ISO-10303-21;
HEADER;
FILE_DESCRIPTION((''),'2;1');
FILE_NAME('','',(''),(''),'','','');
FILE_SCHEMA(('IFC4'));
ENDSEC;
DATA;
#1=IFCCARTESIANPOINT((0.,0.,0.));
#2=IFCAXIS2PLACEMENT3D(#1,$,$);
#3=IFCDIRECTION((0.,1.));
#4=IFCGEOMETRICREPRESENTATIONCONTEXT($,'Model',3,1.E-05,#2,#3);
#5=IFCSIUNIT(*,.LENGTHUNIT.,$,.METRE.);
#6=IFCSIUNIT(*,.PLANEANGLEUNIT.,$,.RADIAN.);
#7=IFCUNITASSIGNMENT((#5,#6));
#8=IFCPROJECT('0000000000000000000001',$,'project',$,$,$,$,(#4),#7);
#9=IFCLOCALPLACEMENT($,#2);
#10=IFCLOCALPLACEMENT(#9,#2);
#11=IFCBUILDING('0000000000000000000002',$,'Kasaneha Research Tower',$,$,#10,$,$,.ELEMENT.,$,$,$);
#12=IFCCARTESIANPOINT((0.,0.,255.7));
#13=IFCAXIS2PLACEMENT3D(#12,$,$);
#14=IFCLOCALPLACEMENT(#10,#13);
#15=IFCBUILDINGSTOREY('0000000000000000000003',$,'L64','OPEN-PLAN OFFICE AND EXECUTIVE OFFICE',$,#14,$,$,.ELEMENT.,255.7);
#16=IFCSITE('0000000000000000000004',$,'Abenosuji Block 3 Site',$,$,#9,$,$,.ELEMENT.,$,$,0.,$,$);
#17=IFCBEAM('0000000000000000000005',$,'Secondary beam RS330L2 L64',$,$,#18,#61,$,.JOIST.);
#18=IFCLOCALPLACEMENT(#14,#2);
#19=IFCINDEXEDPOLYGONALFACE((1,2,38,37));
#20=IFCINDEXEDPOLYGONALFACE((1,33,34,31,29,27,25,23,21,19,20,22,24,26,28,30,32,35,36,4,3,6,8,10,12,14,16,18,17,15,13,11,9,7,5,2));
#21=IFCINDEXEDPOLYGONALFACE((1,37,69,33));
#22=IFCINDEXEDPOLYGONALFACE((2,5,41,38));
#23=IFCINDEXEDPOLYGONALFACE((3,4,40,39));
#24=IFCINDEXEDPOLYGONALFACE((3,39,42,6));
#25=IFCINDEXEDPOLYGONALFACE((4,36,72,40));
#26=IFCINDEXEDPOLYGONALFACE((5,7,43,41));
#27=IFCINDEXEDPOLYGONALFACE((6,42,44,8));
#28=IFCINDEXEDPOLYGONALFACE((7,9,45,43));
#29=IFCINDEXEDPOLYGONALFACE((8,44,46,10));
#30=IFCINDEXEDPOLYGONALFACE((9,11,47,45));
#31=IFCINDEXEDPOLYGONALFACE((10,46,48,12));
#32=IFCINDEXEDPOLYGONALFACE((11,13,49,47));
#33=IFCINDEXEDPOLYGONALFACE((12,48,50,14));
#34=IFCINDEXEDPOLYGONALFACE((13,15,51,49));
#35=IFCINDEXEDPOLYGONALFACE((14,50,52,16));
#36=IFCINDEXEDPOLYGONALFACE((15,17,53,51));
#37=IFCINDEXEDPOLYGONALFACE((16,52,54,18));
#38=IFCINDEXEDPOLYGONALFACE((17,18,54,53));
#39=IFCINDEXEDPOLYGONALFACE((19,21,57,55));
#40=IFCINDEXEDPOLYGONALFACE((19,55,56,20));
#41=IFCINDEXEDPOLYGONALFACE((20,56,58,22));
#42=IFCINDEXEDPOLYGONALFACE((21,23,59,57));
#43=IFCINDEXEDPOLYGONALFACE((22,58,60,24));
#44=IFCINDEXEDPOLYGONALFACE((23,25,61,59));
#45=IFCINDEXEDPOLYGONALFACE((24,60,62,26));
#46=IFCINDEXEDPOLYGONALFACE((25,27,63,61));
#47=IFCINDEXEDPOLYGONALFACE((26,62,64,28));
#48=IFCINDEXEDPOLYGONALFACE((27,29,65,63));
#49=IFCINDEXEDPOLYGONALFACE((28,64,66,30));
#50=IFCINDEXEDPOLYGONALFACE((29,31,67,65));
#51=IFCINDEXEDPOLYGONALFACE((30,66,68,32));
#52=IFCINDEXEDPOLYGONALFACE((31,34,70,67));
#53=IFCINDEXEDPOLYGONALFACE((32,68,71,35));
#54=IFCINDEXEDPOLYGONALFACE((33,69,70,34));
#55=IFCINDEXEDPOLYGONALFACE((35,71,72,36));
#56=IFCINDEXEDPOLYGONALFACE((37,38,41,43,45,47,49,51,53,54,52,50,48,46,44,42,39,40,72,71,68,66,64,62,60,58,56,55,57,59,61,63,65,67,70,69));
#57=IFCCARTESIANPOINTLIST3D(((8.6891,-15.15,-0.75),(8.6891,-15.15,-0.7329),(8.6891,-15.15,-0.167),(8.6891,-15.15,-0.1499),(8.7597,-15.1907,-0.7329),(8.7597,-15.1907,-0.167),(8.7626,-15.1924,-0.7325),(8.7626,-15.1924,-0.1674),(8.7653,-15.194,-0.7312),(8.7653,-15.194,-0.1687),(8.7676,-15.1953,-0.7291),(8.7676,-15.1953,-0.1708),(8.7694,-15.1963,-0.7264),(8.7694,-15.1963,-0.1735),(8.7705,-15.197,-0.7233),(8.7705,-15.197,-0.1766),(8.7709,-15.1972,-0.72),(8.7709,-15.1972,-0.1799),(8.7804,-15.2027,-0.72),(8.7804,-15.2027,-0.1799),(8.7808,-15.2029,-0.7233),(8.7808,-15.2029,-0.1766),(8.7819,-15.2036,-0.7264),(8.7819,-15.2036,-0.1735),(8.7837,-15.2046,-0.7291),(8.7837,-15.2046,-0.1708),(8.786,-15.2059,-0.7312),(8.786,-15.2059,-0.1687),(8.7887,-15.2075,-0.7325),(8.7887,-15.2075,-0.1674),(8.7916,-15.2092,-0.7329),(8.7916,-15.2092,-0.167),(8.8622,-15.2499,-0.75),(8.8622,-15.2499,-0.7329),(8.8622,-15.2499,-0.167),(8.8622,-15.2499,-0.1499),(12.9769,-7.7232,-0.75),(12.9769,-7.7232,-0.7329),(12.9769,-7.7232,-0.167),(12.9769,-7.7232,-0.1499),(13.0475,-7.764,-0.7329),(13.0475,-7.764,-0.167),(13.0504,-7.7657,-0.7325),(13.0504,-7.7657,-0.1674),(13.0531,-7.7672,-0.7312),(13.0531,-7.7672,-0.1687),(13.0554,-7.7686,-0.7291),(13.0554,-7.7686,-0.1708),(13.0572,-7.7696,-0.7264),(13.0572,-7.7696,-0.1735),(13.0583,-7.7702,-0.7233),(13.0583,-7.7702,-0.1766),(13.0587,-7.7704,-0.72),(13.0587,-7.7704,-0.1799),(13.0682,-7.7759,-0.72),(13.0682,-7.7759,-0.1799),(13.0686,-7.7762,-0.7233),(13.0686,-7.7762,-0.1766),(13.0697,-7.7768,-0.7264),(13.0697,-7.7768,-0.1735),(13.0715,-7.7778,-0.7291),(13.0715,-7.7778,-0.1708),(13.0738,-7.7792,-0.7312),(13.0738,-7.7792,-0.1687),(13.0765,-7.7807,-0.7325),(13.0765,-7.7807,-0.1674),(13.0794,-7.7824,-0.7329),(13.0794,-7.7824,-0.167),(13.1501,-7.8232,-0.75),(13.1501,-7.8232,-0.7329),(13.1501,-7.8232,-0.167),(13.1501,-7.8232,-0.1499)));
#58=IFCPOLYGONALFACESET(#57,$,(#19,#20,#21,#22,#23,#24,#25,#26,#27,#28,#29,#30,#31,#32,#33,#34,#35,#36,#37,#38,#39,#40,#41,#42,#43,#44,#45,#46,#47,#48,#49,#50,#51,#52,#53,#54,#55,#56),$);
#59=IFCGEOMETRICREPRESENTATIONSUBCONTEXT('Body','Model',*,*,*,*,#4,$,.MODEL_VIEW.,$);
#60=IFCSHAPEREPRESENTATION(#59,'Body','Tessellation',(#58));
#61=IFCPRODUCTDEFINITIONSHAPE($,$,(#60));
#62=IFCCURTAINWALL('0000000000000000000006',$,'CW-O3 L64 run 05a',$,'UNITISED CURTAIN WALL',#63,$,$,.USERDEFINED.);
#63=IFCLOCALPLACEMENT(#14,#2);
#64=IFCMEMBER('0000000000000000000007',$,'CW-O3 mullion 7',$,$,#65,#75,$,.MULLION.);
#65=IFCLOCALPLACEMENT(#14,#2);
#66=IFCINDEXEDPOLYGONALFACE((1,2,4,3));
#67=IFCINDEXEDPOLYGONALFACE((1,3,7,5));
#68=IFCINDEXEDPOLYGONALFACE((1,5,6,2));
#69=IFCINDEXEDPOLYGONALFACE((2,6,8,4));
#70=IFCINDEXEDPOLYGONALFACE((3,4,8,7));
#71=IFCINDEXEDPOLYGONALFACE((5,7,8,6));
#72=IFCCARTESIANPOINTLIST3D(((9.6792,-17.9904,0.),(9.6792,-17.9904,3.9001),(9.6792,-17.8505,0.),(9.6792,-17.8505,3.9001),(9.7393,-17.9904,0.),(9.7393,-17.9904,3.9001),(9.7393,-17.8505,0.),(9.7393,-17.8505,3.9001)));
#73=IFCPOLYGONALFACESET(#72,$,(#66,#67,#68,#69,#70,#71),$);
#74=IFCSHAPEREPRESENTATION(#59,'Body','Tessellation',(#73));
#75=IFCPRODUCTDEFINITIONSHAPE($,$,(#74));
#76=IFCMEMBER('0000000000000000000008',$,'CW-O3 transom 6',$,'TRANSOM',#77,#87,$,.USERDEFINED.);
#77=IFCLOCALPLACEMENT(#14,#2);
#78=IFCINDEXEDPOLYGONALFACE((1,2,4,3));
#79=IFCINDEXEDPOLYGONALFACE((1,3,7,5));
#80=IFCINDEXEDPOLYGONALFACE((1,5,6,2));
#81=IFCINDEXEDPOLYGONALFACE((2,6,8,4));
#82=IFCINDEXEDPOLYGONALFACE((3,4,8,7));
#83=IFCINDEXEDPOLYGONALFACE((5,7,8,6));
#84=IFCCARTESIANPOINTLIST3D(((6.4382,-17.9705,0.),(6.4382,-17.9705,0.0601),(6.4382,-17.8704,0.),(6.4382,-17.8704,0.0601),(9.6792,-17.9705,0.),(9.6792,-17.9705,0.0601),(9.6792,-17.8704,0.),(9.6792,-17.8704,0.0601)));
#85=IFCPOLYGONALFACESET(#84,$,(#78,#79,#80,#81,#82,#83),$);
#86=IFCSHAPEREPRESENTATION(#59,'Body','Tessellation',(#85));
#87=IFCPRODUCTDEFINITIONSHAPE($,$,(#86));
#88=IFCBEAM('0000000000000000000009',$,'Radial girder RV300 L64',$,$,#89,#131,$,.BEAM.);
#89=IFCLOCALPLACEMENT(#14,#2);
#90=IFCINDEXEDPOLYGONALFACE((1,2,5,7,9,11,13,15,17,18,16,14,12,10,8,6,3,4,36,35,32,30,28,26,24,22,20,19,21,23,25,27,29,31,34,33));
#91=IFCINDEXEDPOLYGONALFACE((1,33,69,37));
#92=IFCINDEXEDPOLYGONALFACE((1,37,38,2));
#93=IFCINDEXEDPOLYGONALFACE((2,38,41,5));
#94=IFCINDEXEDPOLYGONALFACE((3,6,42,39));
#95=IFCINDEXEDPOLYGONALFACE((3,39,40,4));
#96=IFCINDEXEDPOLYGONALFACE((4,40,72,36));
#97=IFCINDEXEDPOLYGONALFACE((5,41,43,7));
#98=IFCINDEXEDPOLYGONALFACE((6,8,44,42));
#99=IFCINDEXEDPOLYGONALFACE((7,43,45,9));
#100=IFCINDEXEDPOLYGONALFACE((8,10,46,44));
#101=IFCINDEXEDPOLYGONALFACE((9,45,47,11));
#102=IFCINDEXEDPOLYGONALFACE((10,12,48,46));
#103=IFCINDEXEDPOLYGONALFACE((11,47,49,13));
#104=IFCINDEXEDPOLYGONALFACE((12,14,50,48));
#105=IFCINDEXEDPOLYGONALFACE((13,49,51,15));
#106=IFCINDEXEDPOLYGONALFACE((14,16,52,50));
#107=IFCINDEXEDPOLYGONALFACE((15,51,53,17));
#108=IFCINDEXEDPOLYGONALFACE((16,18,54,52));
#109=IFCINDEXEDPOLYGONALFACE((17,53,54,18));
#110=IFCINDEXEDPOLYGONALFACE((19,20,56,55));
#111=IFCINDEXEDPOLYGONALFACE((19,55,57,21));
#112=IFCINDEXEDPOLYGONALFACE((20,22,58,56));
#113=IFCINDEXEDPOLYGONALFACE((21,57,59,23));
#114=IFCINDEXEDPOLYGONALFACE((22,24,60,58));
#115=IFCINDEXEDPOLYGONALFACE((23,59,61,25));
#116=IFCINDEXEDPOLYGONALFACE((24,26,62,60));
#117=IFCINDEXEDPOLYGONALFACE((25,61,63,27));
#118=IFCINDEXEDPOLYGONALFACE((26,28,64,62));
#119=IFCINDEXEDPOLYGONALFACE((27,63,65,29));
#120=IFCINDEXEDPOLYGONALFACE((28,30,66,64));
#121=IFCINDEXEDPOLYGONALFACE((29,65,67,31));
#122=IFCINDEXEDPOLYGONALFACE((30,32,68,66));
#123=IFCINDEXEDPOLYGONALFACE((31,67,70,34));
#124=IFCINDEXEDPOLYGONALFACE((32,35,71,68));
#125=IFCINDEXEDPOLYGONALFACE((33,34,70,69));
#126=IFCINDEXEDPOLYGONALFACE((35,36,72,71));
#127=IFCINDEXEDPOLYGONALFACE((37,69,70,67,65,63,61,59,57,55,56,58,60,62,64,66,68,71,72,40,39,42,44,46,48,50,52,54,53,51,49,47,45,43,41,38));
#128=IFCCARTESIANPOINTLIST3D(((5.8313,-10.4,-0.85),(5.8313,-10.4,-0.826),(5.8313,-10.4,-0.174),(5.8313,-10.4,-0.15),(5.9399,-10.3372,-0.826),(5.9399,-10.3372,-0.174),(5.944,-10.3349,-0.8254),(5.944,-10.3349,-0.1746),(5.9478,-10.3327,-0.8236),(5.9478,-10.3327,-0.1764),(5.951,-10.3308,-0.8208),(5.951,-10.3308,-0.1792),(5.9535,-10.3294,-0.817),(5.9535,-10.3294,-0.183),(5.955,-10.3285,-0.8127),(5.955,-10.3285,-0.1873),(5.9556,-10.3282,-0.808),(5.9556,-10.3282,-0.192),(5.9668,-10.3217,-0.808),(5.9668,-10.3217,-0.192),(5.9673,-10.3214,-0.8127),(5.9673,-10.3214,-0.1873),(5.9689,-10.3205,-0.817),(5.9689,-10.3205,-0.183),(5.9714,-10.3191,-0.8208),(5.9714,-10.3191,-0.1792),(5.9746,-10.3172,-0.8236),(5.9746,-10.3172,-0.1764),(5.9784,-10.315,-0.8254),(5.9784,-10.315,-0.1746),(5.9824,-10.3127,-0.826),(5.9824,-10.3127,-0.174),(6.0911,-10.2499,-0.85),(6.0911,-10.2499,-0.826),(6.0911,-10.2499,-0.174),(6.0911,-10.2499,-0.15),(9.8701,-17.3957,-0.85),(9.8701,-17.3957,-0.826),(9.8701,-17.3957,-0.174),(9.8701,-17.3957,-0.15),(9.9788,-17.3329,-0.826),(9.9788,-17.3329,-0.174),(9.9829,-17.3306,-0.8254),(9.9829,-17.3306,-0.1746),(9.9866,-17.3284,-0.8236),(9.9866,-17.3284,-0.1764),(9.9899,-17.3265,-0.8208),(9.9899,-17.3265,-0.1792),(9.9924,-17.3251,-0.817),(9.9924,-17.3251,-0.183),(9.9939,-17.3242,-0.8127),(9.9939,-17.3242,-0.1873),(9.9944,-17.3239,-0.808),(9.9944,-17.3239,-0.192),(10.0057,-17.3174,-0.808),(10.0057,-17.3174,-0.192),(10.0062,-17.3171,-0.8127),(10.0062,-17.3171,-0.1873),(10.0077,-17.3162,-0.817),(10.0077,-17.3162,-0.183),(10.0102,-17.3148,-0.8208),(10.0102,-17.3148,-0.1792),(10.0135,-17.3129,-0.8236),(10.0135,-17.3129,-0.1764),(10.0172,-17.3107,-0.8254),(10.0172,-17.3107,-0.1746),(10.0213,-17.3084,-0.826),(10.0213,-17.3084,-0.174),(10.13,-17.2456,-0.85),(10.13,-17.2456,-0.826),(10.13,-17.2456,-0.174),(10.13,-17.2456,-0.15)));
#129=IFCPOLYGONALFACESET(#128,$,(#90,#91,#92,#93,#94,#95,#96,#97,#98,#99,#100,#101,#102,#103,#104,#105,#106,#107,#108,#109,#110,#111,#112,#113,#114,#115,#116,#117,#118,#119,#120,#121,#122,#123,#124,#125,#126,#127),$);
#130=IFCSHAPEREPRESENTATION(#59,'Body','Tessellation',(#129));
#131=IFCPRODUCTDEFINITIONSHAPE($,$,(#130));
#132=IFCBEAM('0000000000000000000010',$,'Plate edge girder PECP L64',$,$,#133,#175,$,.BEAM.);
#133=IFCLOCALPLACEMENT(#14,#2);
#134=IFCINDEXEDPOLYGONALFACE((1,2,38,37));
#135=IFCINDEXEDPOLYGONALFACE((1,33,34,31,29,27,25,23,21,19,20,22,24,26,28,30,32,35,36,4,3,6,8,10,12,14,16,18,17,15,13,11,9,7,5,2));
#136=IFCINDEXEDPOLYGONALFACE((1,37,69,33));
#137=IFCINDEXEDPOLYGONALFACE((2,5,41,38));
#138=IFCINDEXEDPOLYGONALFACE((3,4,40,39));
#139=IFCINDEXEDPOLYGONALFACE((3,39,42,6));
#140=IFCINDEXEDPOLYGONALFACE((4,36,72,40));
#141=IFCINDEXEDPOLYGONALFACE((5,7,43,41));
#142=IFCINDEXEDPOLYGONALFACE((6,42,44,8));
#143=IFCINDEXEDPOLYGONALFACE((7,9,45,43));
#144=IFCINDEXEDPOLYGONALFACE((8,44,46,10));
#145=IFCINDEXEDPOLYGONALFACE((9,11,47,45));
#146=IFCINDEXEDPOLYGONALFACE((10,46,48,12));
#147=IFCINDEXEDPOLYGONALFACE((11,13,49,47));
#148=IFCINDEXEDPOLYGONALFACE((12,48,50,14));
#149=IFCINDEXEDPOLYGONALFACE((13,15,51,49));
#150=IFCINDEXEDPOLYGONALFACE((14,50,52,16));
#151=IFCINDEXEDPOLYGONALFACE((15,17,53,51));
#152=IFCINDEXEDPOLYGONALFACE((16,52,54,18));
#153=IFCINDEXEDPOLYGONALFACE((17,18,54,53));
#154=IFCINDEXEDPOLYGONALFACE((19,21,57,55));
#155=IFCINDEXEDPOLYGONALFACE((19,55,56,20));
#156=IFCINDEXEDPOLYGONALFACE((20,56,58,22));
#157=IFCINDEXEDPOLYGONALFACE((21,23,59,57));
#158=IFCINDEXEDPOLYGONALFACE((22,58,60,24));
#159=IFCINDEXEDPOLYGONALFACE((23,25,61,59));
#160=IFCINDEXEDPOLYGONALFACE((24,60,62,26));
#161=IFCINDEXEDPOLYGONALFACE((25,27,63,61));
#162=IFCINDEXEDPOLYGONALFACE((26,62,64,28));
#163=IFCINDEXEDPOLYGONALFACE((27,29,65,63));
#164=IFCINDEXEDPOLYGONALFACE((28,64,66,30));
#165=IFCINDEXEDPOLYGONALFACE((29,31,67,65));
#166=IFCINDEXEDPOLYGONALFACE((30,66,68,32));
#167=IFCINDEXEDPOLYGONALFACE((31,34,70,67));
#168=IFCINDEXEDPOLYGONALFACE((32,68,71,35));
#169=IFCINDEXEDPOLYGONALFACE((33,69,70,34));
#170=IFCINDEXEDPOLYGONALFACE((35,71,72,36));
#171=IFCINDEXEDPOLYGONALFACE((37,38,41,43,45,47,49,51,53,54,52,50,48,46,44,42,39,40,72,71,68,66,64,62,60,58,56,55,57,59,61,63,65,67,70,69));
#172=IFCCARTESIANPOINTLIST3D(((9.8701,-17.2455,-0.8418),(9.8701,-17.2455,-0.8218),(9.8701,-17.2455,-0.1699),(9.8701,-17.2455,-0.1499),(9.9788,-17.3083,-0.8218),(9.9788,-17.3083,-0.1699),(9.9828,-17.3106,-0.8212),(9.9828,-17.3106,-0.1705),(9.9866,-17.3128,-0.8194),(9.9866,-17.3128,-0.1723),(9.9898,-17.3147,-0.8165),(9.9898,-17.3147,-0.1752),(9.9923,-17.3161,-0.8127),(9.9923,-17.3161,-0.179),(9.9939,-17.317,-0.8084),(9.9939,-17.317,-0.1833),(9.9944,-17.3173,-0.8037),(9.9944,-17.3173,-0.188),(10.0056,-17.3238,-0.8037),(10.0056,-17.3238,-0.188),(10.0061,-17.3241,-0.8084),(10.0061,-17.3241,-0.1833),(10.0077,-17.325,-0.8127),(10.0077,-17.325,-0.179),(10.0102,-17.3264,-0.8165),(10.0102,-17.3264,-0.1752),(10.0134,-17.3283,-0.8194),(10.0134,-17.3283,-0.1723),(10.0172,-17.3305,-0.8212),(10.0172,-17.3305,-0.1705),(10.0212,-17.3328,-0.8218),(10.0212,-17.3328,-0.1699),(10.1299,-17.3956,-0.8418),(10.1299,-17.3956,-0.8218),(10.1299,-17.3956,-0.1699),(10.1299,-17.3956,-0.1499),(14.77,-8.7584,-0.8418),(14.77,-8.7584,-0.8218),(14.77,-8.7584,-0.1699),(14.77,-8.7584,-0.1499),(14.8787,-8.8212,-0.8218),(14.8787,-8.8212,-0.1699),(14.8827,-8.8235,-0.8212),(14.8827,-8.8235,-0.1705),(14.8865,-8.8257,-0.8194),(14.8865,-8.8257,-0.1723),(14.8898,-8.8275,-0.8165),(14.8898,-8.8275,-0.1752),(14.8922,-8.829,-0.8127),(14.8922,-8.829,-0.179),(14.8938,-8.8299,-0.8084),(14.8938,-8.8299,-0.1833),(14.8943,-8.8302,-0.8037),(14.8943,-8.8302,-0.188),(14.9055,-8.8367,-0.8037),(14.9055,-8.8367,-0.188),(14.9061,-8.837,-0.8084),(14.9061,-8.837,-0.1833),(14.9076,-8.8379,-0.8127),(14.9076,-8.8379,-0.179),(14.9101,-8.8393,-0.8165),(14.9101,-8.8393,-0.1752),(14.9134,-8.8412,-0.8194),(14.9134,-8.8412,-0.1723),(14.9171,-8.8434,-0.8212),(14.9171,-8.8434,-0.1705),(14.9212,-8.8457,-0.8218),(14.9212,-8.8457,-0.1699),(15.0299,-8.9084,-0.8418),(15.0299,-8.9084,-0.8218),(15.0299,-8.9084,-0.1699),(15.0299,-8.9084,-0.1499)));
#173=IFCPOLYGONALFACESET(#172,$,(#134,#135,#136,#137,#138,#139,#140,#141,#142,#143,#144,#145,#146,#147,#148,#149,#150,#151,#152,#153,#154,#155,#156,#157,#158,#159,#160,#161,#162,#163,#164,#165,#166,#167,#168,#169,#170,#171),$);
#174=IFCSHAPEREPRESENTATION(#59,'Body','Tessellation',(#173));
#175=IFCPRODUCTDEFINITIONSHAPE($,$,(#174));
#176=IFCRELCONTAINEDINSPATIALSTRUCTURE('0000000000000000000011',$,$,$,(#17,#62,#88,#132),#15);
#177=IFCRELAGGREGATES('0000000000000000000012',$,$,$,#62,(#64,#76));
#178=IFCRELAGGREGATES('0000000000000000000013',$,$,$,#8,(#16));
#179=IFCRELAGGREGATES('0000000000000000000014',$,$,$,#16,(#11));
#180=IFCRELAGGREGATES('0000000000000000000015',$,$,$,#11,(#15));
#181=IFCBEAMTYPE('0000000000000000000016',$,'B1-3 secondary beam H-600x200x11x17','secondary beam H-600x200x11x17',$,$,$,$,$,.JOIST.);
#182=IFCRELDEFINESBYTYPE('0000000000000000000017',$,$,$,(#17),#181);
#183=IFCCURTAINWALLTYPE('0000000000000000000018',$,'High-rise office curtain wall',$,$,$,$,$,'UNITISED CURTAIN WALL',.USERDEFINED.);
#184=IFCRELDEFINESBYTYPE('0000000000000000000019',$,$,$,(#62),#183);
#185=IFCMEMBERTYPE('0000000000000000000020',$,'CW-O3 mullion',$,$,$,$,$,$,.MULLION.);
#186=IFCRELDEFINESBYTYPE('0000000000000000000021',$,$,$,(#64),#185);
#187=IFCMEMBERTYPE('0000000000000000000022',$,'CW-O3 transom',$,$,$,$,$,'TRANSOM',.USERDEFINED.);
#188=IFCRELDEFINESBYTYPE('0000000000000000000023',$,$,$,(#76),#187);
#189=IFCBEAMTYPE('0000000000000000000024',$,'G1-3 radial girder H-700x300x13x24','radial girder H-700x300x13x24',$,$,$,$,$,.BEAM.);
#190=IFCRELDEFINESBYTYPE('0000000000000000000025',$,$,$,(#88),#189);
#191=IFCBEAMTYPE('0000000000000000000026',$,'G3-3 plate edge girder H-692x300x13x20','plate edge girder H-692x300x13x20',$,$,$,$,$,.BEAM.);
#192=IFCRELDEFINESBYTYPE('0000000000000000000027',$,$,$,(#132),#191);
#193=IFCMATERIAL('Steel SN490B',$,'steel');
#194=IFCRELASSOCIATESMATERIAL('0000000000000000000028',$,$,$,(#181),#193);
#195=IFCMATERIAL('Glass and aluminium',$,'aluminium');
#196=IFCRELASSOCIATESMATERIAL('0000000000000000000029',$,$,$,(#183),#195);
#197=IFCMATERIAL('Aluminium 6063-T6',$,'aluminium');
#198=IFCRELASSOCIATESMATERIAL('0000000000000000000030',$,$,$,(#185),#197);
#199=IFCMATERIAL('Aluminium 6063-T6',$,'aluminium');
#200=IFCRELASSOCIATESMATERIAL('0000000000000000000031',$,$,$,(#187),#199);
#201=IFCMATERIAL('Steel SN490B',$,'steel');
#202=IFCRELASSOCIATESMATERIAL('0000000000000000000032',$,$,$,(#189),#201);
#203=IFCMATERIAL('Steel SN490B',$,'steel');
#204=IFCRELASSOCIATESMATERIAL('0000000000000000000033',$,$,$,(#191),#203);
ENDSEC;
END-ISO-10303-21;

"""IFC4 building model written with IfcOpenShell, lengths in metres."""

from ifc_helpers import new_model, si_unit, direction, frame, origin, origin_2d, place, context, subcontext, project, spatial, rectangle, i_section, extrude, material, material_profile, profile_set, type_object, element, aggregate, save


model = new_model("IFC4")

# Units and contexts
model_context = context("Model", 3, precision=1e-05, world=origin(), true_north=direction((0.0, 1.0)))
body_context = subcontext(model_context, "Body", "Model", "MODEL_VIEW")
ifc_project = project(units=[si_unit("LENGTHUNIT", "METRE"), si_unit("PLANEANGLEUNIT", "RADIAN")], contexts=[model_context])

# Site, building, storey
site_placement = place(None, origin())
site = spatial("IfcSite", under=ifc_project, at=site_placement, Name="Abenosuji Block 3 Site", CompositionType="ELEMENT", RefElevation=0.0)
building_placement = place(site_placement, origin())
building = spatial("IfcBuilding", under=site, at=building_placement, Name="Kasaneha Research Tower", CompositionType="ELEMENT")
storey_placement = place(building_placement, frame((0.0, 0.0, 255.7)))
storey = spatial("IfcBuildingStorey", under=building, at=storey_placement, Name="L64", Description="OPEN-PLAN OFFICE AND EXECUTIVE OFFICE", CompositionType="ELEMENT", Elevation=255.7)

# Beam
ifc_material_1 = material(Name="Steel SN490B", Category="steel")
ifc_material_profile_1 = material_profile(ifc_material_1, i_section(OverallWidth=0.2, OverallDepth=0.6001, WebThickness=0.011, FlangeThickness=0.0171, FilletRadius=0.0129, at=origin_2d()), Name="H-600x200x11x17")
ifc_profile_set_1 = profile_set([ifc_material_profile_1], Name="Steel SN490B")
beam_type_1 = type_object("IfcBeamType", Name="B1-3 secondary beam H-600x200x11x17", Description="secondary beam H-600x200x11x17", PredefinedType="JOIST", material=ifc_profile_set_1)
beam_1_placement = place(storey_placement, frame((8.7756, -15.2, -0.45), z_axis=(0.5, 0.866025, 0.0), x_axis=(-0.866025, 0.5, 0.0)))
element("IfcBeam", 1, at=beam_1_placement, inside=storey, type_object=beam_type_1, Name="Secondary beam RS330L2 L64", PredefinedType="JOIST", context=body_context, shape_type="SweptSolid", body=[
    extrude(i_section(OverallWidth=0.2, OverallDepth=0.6001, WebThickness=0.011, FlangeThickness=0.0171, FilletRadius=0.0129, at=origin_2d()), origin(), (0.0, 0.0, 1.0), 8.5757),
])

# Curtain wall, members
ifc_material_2 = material(Name="Glass and aluminium", Category="aluminium")
curtain_wall_type = type_object("IfcCurtainWallType", Name="High-rise office curtain wall", ElementType="UNITISED CURTAIN WALL", PredefinedType="USERDEFINED", material=ifc_material_2)
curtain_wall_placement = place(storey_placement, origin())
curtain_wall = element("IfcCurtainWall", 2, at=curtain_wall_placement, inside=storey, type_object=curtain_wall_type, Name="CW-O3 L64 run 05a", ObjectType="UNITISED CURTAIN WALL", PredefinedType="USERDEFINED")
ifc_material_3 = material(Name="Aluminium 6063-T6", Category="aluminium")
ifc_material_profile_2 = material_profile(ifc_material_3, rectangle(XDim=0.0601, YDim=0.1399, at=origin_2d()), Name="CW-O3 mullion 60x140")
ifc_profile_set_2 = profile_set([ifc_material_profile_2], Name="Aluminium 6063-T6")
member_type_1 = type_object("IfcMemberType", Name="CW-O3 mullion", PredefinedType="MULLION", material=ifc_profile_set_2)
member_1_placement = place(storey_placement, frame((9.7092, -17.9204, 0.0), z_axis=(0.0, 0.0, 1.0), x_axis=(1.0, 0.0, 0.0)))
member_1 = element("IfcMember", 3, at=member_1_placement, type_object=member_type_1, Name="CW-O3 mullion 7", PredefinedType="MULLION", context=body_context, shape_type="SweptSolid", body=[
    extrude(rectangle(XDim=0.0601, YDim=0.1399, at=origin_2d()), origin(), (0.0, 0.0, 1.0), 3.9001),
])
ifc_material_4 = material(Name="Aluminium 6063-T6", Category="aluminium")
ifc_material_profile_3 = material_profile(ifc_material_4, rectangle(XDim=0.1001, YDim=0.0601, at=origin_2d()), Name="CW-O3 transom 100x60")
ifc_profile_set_3 = profile_set([ifc_material_profile_3], Name="Aluminium 6063-T6")
member_type_2 = type_object("IfcMemberType", Name="CW-O3 transom", ElementType="TRANSOM", PredefinedType="USERDEFINED", material=ifc_profile_set_3)
member_2_placement = place(storey_placement, frame((6.4382, -17.9204, 0.03), z_axis=(1.0, 0.0, 0.0), x_axis=(0.0, 1.0, 0.0)))
member_2 = element("IfcMember", 4, at=member_2_placement, type_object=member_type_2, Name="CW-O3 transom 6", ObjectType="TRANSOM", PredefinedType="USERDEFINED", context=body_context, shape_type="SweptSolid", body=[
    extrude(rectangle(XDim=0.1001, YDim=0.0601, at=origin_2d()), origin(), (0.0, 0.0, 1.0), 3.241),
])

# Beams
ifc_material_5 = material(Name="Steel SN490B", Category="steel")
ifc_material_profile_4 = material_profile(ifc_material_5, i_section(OverallWidth=0.3, OverallDepth=0.7, WebThickness=0.0129, FlangeThickness=0.0239, FilletRadius=0.0181, at=origin_2d()), Name="H-700x300x13x24")
ifc_profile_set_4 = profile_set([ifc_material_profile_4], Name="Steel SN490B")
beam_type_2 = type_object("IfcBeamType", Name="G1-3 radial girder H-700x300x13x24", Description="radial girder H-700x300x13x24", PredefinedType="BEAM", material=ifc_profile_set_4)
beam_2_placement = place(storey_placement, frame((5.9612, -10.325, -0.5), z_axis=(0.499991, -0.866031, 0.0), x_axis=(0.866031, 0.499991, 0.0)))
element("IfcBeam", 5, at=beam_2_placement, inside=storey, type_object=beam_type_2, Name="Radial girder RV300 L64", PredefinedType="BEAM", context=body_context, shape_type="SweptSolid", body=[
    extrude(i_section(OverallWidth=0.3, OverallDepth=0.7, WebThickness=0.0129, FlangeThickness=0.0239, FilletRadius=0.0181, at=origin_2d()), origin(), (0.0, 0.0, 1.0), 8.0779),
])
ifc_material_6 = material(Name="Steel SN490B", Category="steel")
ifc_material_profile_5 = material_profile(ifc_material_6, i_section(OverallWidth=0.3, OverallDepth=0.6919, WebThickness=0.0129, FlangeThickness=0.02, FilletRadius=0.0181, at=origin_2d()), Name="H-692x300x13x20")
ifc_profile_set_5 = profile_set([ifc_material_profile_5], Name="Steel SN490B")
beam_type_3 = type_object("IfcBeamType", Name="G3-3 plate edge girder H-692x300x13x20", Description="plate edge girder H-692x300x13x20", PredefinedType="BEAM", material=ifc_profile_set_5)
beam_3_placement = place(storey_placement, frame((10.0, -17.3206, -0.4958), z_axis=(0.499992, 0.86603, 0.0), x_axis=(-0.86603, 0.499992, 0.0)))
element("IfcBeam", 6, at=beam_3_placement, inside=storey, type_object=beam_type_3, Name="Plate edge girder PECP L64", PredefinedType="BEAM", context=body_context, shape_type="SweptSolid", body=[
    extrude(i_section(OverallWidth=0.3, OverallDepth=0.6919, WebThickness=0.0129, FlangeThickness=0.02, FilletRadius=0.0181, at=origin_2d()), origin(), (0.0, 0.0, 1.0), 9.8),
])

aggregate(curtain_wall, [member_1, member_2])

save(model, "model.ifc")
